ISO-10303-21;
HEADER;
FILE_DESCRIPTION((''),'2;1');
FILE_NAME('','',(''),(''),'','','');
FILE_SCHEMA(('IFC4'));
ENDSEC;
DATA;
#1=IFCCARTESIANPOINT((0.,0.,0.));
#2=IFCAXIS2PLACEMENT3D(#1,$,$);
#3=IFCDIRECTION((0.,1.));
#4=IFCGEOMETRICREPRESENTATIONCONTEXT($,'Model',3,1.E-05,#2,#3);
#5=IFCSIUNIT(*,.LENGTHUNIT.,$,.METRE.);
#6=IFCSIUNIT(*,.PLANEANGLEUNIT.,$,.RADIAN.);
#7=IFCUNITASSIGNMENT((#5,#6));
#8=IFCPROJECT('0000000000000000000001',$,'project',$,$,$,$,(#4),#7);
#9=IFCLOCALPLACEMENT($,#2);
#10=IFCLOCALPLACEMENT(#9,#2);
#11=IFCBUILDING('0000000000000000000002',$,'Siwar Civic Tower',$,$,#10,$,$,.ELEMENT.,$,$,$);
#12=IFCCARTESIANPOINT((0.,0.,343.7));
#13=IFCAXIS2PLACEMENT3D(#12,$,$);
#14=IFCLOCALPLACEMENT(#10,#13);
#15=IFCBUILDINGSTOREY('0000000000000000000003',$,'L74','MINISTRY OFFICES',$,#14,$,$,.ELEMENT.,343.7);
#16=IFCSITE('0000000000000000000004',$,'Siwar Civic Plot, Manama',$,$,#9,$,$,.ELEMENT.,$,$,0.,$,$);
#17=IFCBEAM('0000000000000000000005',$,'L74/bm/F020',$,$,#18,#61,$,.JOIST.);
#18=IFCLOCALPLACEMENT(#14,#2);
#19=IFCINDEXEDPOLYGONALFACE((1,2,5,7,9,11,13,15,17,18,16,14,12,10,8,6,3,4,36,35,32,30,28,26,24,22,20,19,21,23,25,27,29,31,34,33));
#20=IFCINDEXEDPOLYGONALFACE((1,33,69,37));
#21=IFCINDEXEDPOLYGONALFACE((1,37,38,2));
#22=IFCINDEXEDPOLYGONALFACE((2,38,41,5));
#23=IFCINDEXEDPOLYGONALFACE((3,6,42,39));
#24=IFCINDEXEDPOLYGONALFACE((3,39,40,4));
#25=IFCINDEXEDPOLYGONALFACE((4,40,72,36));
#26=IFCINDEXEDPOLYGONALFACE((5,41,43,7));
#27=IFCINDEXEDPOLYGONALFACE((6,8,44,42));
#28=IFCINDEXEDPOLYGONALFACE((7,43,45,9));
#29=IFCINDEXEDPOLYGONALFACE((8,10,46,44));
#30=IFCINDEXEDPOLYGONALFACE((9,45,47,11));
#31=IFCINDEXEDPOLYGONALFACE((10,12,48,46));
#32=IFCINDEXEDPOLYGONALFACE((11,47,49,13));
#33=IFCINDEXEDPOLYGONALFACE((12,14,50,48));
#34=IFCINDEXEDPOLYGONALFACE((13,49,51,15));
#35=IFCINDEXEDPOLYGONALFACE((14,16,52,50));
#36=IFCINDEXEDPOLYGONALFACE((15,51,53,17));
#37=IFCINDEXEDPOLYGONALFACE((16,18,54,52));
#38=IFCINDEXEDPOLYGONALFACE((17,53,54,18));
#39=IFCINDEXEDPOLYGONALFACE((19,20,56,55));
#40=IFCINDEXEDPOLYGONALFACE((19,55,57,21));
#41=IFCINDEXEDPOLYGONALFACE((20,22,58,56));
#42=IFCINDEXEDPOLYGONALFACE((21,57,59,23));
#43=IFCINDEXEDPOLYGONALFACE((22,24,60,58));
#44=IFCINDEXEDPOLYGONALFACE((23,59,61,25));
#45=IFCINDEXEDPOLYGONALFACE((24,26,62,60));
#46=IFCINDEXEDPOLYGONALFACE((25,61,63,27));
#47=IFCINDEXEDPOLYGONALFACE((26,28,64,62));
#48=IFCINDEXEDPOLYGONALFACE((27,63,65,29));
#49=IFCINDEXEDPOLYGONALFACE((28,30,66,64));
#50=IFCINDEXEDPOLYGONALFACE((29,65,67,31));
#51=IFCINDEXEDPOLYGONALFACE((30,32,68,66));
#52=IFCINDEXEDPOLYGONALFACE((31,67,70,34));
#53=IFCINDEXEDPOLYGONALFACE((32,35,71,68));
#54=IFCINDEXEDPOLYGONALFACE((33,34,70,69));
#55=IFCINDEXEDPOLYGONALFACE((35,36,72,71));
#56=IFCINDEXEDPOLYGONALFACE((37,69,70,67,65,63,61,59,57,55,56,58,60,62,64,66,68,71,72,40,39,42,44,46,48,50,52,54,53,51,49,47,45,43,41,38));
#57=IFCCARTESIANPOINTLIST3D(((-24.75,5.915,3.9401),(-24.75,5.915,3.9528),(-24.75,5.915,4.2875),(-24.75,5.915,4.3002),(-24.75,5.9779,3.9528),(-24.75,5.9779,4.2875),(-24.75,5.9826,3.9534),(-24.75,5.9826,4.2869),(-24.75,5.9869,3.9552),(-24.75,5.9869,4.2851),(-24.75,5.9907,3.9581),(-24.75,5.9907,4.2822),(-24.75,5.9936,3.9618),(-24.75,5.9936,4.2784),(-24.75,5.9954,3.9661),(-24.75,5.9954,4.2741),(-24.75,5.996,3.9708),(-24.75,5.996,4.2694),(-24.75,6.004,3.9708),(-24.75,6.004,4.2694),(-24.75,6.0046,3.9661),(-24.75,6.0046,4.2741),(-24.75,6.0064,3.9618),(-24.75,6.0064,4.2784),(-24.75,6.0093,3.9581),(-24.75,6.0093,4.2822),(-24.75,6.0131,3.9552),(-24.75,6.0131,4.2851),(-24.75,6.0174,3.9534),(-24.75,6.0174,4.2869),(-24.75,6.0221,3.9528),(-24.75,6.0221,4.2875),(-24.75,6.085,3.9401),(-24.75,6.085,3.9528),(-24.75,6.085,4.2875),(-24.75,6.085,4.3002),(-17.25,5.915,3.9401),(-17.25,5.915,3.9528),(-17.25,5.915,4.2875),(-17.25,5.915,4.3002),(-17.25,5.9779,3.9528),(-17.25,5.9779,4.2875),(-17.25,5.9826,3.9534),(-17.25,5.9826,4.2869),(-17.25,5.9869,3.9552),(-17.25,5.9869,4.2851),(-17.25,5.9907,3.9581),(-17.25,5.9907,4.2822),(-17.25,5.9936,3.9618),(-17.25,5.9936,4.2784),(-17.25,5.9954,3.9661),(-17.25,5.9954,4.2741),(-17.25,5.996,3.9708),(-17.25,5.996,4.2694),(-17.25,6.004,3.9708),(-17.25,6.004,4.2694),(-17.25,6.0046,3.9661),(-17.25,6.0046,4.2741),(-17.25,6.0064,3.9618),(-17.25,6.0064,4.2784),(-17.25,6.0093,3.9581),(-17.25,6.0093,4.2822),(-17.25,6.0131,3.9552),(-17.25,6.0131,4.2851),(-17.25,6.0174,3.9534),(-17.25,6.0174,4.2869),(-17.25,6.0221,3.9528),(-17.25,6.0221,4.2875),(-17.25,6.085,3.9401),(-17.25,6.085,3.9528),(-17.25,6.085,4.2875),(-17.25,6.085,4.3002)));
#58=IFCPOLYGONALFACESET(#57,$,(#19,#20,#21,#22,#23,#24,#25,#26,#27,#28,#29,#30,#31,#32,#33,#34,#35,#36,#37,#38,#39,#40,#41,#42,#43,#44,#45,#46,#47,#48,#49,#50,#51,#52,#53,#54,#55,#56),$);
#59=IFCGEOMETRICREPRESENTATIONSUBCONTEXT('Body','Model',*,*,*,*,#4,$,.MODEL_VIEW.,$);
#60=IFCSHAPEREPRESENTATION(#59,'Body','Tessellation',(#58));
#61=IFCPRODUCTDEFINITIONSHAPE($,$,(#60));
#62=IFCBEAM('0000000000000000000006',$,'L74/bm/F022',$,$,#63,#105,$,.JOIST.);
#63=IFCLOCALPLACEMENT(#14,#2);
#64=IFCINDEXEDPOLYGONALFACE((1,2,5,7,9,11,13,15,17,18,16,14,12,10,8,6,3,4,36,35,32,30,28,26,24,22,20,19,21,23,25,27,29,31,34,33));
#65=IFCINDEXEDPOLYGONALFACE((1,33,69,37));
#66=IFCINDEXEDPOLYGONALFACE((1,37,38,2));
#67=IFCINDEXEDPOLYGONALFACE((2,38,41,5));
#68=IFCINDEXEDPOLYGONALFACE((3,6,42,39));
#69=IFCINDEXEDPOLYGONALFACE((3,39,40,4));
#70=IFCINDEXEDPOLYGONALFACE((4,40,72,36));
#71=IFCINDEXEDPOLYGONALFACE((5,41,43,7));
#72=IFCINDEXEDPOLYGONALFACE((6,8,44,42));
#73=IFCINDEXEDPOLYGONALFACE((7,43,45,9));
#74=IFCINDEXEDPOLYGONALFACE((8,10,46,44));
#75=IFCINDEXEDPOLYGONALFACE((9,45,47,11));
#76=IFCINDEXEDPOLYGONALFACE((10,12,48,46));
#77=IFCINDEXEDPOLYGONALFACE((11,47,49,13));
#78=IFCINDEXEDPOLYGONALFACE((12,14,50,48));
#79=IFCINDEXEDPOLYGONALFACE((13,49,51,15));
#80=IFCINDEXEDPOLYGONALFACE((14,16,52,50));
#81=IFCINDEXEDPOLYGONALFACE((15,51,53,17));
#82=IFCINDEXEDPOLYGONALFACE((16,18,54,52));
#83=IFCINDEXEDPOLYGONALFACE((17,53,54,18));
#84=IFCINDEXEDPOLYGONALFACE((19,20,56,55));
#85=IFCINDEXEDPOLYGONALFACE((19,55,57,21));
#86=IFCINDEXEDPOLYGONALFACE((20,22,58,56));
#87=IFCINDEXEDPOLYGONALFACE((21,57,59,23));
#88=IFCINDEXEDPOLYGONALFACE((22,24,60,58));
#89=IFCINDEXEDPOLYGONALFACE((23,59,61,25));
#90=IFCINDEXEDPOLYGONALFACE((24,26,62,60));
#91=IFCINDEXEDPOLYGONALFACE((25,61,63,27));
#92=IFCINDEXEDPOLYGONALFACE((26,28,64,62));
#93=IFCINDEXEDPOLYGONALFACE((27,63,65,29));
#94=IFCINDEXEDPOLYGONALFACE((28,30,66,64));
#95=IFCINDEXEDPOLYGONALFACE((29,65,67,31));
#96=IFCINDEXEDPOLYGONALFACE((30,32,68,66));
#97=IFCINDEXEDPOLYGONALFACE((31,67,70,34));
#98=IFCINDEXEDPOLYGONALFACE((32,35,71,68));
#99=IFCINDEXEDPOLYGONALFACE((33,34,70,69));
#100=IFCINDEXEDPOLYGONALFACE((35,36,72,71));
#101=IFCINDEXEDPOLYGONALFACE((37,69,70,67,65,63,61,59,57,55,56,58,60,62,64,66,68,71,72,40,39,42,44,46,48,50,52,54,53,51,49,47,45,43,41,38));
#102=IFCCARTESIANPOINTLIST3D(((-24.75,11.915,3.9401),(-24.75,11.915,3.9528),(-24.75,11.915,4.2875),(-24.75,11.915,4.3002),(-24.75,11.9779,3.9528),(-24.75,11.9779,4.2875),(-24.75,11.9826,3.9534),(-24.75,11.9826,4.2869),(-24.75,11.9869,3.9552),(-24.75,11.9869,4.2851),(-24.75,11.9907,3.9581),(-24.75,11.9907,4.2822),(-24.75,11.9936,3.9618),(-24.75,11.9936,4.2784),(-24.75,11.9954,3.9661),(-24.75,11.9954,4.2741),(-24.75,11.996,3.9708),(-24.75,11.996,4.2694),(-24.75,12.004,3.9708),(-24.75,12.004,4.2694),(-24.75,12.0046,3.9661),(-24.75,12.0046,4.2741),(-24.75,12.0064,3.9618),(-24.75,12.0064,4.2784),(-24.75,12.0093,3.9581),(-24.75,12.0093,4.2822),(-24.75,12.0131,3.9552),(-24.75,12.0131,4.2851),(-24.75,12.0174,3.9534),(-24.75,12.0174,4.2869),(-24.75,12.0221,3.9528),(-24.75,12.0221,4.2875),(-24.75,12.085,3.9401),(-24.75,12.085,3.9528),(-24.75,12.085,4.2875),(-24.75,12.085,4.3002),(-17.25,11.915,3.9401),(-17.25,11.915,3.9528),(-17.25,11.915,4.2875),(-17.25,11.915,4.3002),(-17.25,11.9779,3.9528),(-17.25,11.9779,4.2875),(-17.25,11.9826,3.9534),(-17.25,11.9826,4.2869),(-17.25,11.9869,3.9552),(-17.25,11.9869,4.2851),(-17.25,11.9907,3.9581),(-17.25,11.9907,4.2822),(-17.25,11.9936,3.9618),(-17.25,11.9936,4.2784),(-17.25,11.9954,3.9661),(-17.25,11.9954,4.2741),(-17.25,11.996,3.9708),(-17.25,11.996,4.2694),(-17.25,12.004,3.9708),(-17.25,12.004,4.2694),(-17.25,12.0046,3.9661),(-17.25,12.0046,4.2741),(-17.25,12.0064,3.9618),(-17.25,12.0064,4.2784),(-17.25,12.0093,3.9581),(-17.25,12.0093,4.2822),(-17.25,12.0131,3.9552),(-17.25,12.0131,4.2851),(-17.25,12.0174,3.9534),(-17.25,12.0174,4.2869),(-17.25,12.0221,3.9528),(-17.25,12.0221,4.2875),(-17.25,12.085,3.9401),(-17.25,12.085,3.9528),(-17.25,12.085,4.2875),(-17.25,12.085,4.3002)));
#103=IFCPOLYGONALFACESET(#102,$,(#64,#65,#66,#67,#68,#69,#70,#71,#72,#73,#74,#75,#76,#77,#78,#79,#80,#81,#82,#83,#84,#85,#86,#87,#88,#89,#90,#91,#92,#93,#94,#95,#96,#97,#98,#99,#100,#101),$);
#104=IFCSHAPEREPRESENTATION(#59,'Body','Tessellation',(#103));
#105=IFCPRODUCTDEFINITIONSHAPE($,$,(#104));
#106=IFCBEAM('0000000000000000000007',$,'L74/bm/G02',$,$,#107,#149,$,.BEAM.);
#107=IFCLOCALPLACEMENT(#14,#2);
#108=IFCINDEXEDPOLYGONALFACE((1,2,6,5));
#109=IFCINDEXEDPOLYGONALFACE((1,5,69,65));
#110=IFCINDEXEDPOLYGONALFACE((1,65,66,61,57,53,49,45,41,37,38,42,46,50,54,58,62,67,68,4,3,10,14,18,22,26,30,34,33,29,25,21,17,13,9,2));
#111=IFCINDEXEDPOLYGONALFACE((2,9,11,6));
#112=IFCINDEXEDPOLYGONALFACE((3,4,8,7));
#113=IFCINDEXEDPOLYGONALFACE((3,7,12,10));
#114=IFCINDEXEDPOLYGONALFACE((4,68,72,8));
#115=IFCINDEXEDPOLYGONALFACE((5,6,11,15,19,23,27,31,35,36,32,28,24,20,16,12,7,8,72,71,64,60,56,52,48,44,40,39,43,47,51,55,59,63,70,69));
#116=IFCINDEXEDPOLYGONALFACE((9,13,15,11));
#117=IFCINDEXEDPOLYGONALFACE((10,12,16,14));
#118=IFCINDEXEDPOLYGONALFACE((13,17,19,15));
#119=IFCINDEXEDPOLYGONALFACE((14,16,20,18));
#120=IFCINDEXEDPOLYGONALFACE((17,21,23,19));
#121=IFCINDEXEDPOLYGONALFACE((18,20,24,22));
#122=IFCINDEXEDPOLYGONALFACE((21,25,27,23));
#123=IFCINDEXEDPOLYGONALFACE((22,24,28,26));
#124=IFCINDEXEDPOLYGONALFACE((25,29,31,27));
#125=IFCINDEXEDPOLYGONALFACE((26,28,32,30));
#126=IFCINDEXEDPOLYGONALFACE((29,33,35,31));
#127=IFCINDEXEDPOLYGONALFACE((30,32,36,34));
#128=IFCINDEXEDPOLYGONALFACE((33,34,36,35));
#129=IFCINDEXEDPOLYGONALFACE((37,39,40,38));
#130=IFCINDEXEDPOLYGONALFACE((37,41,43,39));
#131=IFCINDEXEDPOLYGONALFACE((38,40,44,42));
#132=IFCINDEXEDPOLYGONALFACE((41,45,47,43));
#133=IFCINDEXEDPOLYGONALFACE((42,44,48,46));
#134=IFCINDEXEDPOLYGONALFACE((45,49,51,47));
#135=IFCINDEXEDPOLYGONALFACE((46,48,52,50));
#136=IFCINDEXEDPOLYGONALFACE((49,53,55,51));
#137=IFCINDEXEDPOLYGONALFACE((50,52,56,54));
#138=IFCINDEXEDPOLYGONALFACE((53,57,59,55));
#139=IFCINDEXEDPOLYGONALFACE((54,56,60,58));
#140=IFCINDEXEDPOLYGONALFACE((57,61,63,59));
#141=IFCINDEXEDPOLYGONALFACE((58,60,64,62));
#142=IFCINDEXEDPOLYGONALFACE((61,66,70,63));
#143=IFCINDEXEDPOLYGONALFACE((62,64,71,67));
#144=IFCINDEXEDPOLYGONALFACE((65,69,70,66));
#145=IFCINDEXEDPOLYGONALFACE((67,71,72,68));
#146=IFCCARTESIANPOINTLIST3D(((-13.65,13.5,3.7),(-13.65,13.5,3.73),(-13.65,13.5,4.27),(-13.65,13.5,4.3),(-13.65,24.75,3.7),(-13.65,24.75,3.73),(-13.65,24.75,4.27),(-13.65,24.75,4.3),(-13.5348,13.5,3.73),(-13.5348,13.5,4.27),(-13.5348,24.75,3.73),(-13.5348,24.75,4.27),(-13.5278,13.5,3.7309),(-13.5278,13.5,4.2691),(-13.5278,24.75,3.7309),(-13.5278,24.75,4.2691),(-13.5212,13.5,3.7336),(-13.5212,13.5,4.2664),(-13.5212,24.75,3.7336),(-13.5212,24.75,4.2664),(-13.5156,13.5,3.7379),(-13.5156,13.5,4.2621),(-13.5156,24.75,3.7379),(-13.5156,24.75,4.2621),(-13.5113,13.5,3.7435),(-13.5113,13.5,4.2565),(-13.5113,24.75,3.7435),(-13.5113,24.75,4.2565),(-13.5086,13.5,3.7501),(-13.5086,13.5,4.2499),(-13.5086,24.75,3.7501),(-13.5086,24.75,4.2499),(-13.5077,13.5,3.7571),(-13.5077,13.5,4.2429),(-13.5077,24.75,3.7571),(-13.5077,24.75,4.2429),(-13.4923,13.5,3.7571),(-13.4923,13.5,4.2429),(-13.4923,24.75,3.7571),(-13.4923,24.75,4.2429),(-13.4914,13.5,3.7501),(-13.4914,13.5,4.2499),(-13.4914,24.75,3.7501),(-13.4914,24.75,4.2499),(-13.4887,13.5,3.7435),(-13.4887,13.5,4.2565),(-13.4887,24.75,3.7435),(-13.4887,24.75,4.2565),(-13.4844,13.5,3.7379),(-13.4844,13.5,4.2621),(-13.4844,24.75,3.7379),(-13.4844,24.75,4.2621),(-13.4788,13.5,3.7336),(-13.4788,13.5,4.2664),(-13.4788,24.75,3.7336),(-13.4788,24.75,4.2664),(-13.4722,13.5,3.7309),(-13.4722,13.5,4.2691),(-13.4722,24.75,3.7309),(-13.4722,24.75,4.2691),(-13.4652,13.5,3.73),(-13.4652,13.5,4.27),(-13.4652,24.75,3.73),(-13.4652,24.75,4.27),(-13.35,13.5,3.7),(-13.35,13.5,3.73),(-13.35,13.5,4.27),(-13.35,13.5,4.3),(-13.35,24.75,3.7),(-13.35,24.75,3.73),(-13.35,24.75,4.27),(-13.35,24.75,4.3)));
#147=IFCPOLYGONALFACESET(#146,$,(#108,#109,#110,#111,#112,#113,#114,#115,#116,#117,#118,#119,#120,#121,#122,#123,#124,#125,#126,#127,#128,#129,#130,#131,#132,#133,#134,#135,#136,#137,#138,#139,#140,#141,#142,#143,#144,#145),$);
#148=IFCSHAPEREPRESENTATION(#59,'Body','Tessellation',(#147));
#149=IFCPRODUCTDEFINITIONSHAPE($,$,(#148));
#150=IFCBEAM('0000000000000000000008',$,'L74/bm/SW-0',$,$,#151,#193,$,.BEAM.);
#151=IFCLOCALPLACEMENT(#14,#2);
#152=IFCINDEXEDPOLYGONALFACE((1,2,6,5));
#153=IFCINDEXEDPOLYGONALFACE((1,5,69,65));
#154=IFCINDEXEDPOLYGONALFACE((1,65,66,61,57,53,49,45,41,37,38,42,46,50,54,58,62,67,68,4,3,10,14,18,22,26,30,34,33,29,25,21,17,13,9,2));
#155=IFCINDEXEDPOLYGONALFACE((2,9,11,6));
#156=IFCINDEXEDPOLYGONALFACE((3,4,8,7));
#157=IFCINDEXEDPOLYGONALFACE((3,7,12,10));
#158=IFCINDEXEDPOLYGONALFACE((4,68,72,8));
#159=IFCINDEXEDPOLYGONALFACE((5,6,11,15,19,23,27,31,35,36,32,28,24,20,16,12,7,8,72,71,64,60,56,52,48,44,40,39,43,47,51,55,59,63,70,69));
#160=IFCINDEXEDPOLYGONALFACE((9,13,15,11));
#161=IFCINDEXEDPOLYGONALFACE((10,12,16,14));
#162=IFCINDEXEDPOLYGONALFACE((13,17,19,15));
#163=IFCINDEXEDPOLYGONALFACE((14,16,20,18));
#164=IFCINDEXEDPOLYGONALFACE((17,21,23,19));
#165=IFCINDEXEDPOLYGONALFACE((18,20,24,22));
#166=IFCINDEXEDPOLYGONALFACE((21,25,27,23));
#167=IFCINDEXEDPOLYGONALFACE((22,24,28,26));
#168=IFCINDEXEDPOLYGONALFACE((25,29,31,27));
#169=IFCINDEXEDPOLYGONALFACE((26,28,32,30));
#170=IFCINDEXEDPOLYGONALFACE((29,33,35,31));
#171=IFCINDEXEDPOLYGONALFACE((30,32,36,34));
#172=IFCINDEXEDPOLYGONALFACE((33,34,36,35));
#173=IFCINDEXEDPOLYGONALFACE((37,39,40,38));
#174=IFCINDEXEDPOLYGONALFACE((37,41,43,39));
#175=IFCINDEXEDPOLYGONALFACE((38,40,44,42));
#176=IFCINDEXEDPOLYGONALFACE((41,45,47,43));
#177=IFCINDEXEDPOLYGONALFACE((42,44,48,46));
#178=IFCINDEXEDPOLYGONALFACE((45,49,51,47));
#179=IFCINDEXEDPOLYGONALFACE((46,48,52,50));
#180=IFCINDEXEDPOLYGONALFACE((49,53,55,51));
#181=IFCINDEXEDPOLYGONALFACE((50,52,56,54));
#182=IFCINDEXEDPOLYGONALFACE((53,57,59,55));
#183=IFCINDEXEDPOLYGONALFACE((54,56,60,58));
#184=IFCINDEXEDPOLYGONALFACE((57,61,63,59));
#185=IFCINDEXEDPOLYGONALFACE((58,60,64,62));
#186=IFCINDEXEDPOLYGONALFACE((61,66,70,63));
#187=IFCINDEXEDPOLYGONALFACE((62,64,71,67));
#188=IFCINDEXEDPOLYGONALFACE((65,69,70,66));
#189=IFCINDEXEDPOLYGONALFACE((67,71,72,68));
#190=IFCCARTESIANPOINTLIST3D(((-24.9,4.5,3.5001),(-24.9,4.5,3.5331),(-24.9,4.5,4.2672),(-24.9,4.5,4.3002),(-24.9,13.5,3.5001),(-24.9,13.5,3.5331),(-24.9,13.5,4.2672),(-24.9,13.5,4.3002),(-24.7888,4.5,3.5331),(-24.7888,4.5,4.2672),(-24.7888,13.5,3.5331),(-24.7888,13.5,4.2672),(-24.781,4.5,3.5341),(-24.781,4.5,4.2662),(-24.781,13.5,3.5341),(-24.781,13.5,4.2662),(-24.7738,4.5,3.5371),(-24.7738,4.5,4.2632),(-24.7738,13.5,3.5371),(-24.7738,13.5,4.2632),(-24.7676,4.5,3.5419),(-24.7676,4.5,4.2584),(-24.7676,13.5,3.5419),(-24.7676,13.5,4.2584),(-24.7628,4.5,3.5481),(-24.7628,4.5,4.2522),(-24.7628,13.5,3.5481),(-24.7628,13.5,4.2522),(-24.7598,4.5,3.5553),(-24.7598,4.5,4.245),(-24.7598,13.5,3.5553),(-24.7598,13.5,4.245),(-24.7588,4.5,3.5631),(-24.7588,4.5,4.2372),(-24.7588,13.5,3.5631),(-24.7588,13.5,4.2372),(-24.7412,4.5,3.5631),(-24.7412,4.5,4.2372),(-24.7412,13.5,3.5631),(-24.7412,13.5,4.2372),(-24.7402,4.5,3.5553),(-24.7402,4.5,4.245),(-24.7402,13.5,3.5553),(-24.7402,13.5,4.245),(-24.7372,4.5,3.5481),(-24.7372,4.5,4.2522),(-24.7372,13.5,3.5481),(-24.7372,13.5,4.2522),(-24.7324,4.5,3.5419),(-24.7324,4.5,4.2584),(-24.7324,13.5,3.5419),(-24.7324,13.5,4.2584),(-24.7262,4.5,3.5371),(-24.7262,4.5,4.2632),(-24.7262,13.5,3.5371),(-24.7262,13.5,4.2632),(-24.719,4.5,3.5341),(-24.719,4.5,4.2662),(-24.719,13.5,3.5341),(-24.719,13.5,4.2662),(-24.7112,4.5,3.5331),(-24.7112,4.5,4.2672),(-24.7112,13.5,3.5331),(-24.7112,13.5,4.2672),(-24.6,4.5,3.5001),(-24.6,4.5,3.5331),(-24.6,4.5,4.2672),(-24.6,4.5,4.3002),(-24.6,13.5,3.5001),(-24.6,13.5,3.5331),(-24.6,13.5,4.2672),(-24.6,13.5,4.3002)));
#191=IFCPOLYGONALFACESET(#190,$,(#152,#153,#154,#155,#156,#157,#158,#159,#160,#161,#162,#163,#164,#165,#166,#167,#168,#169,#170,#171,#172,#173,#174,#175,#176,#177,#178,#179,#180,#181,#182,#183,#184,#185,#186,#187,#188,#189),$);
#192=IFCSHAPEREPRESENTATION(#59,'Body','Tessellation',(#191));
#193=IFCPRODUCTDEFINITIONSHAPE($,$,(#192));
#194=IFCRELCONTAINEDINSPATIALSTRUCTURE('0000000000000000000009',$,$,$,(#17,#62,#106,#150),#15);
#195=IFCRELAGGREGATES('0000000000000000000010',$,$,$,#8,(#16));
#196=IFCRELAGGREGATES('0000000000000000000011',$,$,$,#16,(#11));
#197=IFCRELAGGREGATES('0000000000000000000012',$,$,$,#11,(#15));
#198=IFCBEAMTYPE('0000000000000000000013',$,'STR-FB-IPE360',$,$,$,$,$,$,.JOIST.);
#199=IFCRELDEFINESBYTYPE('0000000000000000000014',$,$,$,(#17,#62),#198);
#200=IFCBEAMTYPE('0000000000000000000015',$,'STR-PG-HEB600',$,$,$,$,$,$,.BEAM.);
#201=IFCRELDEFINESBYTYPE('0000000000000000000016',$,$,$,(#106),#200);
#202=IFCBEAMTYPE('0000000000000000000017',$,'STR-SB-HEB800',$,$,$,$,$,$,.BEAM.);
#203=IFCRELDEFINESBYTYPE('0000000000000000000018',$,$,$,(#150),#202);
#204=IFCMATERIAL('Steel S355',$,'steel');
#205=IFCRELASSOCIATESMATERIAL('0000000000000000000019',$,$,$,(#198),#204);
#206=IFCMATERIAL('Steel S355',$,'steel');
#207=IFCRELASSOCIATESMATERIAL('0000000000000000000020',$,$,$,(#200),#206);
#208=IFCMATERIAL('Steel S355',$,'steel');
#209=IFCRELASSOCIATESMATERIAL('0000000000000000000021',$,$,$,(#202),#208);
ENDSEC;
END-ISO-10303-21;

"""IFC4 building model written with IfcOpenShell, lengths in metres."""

from ifc_helpers import new_model, si_unit, direction, frame, origin, origin_2d, place, context, subcontext, project, spatial, i_section, extrude, material, material_profile, profile_set, type_object, element, save


model = new_model("IFC4")

# Units and contexts
model_context = context("Model", 3, precision=1e-05, world=origin(), true_north=direction((0.0, 1.0)))
body_context = subcontext(model_context, "Body", "Model", "MODEL_VIEW")
ifc_project = project(units=[si_unit("LENGTHUNIT", "METRE"), si_unit("PLANEANGLEUNIT", "RADIAN")], contexts=[model_context])

# Site, building, storey
site_placement = place(None, origin())
site = spatial("IfcSite", under=ifc_project, at=site_placement, Name="Siwar Civic Plot, Manama", CompositionType="ELEMENT", RefElevation=0.0)
building_placement = place(site_placement, origin())
building = spatial("IfcBuilding", under=site, at=building_placement, Name="Siwar Civic Tower", CompositionType="ELEMENT")
storey_placement = place(building_placement, frame((0.0, 0.0, 343.7)))
storey = spatial("IfcBuildingStorey", under=building, at=storey_placement, Name="L74", Description="MINISTRY OFFICES", CompositionType="ELEMENT", Elevation=343.7)

# Beams
ifc_material_1 = material(Name="Steel S355", Category="steel")
ifc_material_profile_1 = material_profile(ifc_material_1, i_section(OverallWidth=0.1699, OverallDepth=0.3601, WebThickness=0.0081, FlangeThickness=0.0127, FilletRadius=0.0181, at=origin_2d()), Name="IPE360")
ifc_profile_set_1 = profile_set([ifc_material_profile_1], Name="Steel S355")
beam_type_1 = type_object("IfcBeamType", Name="STR-FB-IPE360", PredefinedType="JOIST", material=ifc_profile_set_1)
for number, where, z_axis, x_axis, name in (
    (1, (-24.75, 6.0, 4.1201), (1.0, 0.0, 0.0), (0.0, 1.0, 0.0), "L74/bm/F020"),
    (2, (-24.75, 12.0, 4.1201), (1.0, 0.0, 0.0), (0.0, 1.0, 0.0), "L74/bm/F022"),
):
    element("IfcBeam", number, at=place(storey_placement, frame(where, z_axis=z_axis, x_axis=x_axis)), inside=storey, type_object=beam_type_1, Name=name, PredefinedType="JOIST", context=body_context, shape_type="SweptSolid", body=[
        extrude(i_section(OverallWidth=0.1699, OverallDepth=0.3601, WebThickness=0.0081, FlangeThickness=0.0127, FilletRadius=0.0181, at=origin_2d()), origin(), (0.0, 0.0, 1.0), 7.5),
    ])
ifc_material_2 = material(Name="Steel S355", Category="steel")
ifc_material_profile_2 = material_profile(ifc_material_2, i_section(OverallWidth=0.3, OverallDepth=0.6001, WebThickness=0.0154, FlangeThickness=0.03, FilletRadius=0.0271, at=origin_2d()), Name="HEB600")
ifc_profile_set_2 = profile_set([ifc_material_profile_2], Name="Steel S355")
beam_type_2 = type_object("IfcBeamType", Name="STR-PG-HEB600", PredefinedType="BEAM", material=ifc_profile_set_2)
beam_placement = place(storey_placement, frame((-13.5, 13.5, 4.0), z_axis=(0.0, 1.0, 0.0), x_axis=(-1.0, 0.0, 0.0)))
element("IfcBeam", 3, at=beam_placement, inside=storey, type_object=beam_type_2, Name="L74/bm/G02", PredefinedType="BEAM", context=body_context, shape_type="SweptSolid", body=[
    extrude(i_section(OverallWidth=0.3, OverallDepth=0.6001, WebThickness=0.0154, FlangeThickness=0.03, FilletRadius=0.0271, at=origin_2d()), origin(), (0.0, 0.0, 1.0), 11.25),
])
ifc_material_3 = material(Name="Steel S355", Category="steel")
ifc_material_profile_3 = material_profile(ifc_material_3, i_section(OverallWidth=0.3, OverallDepth=0.8, WebThickness=0.0176, FlangeThickness=0.033, FilletRadius=0.03, at=origin_2d()), Name="HEB800")
ifc_profile_set_3 = profile_set([ifc_material_profile_3], Name="Steel S355")
beam_type_3 = type_object("IfcBeamType", Name="STR-SB-HEB800", PredefinedType="BEAM", material=ifc_profile_set_3)
for number, where, z_axis, x_axis, name in (
    (4, (-24.75, 13.5, 3.9001), (0.0, -1.0, 0.0), (1.0, 0.0, 0.0), "L74/bm/SW-0"),
):
    element("IfcBeam", number, at=place(storey_placement, frame(where, z_axis=z_axis, x_axis=x_axis)), inside=storey, type_object=beam_type_3, Name=name, PredefinedType="BEAM", context=body_context, shape_type="SweptSolid", body=[
        extrude(i_section(OverallWidth=0.3, OverallDepth=0.8, WebThickness=0.0176, FlangeThickness=0.033, FilletRadius=0.03, at=origin_2d()), origin(), (0.0, 0.0, 1.0), 9.0),
    ])

save(model, "model.ifc")
